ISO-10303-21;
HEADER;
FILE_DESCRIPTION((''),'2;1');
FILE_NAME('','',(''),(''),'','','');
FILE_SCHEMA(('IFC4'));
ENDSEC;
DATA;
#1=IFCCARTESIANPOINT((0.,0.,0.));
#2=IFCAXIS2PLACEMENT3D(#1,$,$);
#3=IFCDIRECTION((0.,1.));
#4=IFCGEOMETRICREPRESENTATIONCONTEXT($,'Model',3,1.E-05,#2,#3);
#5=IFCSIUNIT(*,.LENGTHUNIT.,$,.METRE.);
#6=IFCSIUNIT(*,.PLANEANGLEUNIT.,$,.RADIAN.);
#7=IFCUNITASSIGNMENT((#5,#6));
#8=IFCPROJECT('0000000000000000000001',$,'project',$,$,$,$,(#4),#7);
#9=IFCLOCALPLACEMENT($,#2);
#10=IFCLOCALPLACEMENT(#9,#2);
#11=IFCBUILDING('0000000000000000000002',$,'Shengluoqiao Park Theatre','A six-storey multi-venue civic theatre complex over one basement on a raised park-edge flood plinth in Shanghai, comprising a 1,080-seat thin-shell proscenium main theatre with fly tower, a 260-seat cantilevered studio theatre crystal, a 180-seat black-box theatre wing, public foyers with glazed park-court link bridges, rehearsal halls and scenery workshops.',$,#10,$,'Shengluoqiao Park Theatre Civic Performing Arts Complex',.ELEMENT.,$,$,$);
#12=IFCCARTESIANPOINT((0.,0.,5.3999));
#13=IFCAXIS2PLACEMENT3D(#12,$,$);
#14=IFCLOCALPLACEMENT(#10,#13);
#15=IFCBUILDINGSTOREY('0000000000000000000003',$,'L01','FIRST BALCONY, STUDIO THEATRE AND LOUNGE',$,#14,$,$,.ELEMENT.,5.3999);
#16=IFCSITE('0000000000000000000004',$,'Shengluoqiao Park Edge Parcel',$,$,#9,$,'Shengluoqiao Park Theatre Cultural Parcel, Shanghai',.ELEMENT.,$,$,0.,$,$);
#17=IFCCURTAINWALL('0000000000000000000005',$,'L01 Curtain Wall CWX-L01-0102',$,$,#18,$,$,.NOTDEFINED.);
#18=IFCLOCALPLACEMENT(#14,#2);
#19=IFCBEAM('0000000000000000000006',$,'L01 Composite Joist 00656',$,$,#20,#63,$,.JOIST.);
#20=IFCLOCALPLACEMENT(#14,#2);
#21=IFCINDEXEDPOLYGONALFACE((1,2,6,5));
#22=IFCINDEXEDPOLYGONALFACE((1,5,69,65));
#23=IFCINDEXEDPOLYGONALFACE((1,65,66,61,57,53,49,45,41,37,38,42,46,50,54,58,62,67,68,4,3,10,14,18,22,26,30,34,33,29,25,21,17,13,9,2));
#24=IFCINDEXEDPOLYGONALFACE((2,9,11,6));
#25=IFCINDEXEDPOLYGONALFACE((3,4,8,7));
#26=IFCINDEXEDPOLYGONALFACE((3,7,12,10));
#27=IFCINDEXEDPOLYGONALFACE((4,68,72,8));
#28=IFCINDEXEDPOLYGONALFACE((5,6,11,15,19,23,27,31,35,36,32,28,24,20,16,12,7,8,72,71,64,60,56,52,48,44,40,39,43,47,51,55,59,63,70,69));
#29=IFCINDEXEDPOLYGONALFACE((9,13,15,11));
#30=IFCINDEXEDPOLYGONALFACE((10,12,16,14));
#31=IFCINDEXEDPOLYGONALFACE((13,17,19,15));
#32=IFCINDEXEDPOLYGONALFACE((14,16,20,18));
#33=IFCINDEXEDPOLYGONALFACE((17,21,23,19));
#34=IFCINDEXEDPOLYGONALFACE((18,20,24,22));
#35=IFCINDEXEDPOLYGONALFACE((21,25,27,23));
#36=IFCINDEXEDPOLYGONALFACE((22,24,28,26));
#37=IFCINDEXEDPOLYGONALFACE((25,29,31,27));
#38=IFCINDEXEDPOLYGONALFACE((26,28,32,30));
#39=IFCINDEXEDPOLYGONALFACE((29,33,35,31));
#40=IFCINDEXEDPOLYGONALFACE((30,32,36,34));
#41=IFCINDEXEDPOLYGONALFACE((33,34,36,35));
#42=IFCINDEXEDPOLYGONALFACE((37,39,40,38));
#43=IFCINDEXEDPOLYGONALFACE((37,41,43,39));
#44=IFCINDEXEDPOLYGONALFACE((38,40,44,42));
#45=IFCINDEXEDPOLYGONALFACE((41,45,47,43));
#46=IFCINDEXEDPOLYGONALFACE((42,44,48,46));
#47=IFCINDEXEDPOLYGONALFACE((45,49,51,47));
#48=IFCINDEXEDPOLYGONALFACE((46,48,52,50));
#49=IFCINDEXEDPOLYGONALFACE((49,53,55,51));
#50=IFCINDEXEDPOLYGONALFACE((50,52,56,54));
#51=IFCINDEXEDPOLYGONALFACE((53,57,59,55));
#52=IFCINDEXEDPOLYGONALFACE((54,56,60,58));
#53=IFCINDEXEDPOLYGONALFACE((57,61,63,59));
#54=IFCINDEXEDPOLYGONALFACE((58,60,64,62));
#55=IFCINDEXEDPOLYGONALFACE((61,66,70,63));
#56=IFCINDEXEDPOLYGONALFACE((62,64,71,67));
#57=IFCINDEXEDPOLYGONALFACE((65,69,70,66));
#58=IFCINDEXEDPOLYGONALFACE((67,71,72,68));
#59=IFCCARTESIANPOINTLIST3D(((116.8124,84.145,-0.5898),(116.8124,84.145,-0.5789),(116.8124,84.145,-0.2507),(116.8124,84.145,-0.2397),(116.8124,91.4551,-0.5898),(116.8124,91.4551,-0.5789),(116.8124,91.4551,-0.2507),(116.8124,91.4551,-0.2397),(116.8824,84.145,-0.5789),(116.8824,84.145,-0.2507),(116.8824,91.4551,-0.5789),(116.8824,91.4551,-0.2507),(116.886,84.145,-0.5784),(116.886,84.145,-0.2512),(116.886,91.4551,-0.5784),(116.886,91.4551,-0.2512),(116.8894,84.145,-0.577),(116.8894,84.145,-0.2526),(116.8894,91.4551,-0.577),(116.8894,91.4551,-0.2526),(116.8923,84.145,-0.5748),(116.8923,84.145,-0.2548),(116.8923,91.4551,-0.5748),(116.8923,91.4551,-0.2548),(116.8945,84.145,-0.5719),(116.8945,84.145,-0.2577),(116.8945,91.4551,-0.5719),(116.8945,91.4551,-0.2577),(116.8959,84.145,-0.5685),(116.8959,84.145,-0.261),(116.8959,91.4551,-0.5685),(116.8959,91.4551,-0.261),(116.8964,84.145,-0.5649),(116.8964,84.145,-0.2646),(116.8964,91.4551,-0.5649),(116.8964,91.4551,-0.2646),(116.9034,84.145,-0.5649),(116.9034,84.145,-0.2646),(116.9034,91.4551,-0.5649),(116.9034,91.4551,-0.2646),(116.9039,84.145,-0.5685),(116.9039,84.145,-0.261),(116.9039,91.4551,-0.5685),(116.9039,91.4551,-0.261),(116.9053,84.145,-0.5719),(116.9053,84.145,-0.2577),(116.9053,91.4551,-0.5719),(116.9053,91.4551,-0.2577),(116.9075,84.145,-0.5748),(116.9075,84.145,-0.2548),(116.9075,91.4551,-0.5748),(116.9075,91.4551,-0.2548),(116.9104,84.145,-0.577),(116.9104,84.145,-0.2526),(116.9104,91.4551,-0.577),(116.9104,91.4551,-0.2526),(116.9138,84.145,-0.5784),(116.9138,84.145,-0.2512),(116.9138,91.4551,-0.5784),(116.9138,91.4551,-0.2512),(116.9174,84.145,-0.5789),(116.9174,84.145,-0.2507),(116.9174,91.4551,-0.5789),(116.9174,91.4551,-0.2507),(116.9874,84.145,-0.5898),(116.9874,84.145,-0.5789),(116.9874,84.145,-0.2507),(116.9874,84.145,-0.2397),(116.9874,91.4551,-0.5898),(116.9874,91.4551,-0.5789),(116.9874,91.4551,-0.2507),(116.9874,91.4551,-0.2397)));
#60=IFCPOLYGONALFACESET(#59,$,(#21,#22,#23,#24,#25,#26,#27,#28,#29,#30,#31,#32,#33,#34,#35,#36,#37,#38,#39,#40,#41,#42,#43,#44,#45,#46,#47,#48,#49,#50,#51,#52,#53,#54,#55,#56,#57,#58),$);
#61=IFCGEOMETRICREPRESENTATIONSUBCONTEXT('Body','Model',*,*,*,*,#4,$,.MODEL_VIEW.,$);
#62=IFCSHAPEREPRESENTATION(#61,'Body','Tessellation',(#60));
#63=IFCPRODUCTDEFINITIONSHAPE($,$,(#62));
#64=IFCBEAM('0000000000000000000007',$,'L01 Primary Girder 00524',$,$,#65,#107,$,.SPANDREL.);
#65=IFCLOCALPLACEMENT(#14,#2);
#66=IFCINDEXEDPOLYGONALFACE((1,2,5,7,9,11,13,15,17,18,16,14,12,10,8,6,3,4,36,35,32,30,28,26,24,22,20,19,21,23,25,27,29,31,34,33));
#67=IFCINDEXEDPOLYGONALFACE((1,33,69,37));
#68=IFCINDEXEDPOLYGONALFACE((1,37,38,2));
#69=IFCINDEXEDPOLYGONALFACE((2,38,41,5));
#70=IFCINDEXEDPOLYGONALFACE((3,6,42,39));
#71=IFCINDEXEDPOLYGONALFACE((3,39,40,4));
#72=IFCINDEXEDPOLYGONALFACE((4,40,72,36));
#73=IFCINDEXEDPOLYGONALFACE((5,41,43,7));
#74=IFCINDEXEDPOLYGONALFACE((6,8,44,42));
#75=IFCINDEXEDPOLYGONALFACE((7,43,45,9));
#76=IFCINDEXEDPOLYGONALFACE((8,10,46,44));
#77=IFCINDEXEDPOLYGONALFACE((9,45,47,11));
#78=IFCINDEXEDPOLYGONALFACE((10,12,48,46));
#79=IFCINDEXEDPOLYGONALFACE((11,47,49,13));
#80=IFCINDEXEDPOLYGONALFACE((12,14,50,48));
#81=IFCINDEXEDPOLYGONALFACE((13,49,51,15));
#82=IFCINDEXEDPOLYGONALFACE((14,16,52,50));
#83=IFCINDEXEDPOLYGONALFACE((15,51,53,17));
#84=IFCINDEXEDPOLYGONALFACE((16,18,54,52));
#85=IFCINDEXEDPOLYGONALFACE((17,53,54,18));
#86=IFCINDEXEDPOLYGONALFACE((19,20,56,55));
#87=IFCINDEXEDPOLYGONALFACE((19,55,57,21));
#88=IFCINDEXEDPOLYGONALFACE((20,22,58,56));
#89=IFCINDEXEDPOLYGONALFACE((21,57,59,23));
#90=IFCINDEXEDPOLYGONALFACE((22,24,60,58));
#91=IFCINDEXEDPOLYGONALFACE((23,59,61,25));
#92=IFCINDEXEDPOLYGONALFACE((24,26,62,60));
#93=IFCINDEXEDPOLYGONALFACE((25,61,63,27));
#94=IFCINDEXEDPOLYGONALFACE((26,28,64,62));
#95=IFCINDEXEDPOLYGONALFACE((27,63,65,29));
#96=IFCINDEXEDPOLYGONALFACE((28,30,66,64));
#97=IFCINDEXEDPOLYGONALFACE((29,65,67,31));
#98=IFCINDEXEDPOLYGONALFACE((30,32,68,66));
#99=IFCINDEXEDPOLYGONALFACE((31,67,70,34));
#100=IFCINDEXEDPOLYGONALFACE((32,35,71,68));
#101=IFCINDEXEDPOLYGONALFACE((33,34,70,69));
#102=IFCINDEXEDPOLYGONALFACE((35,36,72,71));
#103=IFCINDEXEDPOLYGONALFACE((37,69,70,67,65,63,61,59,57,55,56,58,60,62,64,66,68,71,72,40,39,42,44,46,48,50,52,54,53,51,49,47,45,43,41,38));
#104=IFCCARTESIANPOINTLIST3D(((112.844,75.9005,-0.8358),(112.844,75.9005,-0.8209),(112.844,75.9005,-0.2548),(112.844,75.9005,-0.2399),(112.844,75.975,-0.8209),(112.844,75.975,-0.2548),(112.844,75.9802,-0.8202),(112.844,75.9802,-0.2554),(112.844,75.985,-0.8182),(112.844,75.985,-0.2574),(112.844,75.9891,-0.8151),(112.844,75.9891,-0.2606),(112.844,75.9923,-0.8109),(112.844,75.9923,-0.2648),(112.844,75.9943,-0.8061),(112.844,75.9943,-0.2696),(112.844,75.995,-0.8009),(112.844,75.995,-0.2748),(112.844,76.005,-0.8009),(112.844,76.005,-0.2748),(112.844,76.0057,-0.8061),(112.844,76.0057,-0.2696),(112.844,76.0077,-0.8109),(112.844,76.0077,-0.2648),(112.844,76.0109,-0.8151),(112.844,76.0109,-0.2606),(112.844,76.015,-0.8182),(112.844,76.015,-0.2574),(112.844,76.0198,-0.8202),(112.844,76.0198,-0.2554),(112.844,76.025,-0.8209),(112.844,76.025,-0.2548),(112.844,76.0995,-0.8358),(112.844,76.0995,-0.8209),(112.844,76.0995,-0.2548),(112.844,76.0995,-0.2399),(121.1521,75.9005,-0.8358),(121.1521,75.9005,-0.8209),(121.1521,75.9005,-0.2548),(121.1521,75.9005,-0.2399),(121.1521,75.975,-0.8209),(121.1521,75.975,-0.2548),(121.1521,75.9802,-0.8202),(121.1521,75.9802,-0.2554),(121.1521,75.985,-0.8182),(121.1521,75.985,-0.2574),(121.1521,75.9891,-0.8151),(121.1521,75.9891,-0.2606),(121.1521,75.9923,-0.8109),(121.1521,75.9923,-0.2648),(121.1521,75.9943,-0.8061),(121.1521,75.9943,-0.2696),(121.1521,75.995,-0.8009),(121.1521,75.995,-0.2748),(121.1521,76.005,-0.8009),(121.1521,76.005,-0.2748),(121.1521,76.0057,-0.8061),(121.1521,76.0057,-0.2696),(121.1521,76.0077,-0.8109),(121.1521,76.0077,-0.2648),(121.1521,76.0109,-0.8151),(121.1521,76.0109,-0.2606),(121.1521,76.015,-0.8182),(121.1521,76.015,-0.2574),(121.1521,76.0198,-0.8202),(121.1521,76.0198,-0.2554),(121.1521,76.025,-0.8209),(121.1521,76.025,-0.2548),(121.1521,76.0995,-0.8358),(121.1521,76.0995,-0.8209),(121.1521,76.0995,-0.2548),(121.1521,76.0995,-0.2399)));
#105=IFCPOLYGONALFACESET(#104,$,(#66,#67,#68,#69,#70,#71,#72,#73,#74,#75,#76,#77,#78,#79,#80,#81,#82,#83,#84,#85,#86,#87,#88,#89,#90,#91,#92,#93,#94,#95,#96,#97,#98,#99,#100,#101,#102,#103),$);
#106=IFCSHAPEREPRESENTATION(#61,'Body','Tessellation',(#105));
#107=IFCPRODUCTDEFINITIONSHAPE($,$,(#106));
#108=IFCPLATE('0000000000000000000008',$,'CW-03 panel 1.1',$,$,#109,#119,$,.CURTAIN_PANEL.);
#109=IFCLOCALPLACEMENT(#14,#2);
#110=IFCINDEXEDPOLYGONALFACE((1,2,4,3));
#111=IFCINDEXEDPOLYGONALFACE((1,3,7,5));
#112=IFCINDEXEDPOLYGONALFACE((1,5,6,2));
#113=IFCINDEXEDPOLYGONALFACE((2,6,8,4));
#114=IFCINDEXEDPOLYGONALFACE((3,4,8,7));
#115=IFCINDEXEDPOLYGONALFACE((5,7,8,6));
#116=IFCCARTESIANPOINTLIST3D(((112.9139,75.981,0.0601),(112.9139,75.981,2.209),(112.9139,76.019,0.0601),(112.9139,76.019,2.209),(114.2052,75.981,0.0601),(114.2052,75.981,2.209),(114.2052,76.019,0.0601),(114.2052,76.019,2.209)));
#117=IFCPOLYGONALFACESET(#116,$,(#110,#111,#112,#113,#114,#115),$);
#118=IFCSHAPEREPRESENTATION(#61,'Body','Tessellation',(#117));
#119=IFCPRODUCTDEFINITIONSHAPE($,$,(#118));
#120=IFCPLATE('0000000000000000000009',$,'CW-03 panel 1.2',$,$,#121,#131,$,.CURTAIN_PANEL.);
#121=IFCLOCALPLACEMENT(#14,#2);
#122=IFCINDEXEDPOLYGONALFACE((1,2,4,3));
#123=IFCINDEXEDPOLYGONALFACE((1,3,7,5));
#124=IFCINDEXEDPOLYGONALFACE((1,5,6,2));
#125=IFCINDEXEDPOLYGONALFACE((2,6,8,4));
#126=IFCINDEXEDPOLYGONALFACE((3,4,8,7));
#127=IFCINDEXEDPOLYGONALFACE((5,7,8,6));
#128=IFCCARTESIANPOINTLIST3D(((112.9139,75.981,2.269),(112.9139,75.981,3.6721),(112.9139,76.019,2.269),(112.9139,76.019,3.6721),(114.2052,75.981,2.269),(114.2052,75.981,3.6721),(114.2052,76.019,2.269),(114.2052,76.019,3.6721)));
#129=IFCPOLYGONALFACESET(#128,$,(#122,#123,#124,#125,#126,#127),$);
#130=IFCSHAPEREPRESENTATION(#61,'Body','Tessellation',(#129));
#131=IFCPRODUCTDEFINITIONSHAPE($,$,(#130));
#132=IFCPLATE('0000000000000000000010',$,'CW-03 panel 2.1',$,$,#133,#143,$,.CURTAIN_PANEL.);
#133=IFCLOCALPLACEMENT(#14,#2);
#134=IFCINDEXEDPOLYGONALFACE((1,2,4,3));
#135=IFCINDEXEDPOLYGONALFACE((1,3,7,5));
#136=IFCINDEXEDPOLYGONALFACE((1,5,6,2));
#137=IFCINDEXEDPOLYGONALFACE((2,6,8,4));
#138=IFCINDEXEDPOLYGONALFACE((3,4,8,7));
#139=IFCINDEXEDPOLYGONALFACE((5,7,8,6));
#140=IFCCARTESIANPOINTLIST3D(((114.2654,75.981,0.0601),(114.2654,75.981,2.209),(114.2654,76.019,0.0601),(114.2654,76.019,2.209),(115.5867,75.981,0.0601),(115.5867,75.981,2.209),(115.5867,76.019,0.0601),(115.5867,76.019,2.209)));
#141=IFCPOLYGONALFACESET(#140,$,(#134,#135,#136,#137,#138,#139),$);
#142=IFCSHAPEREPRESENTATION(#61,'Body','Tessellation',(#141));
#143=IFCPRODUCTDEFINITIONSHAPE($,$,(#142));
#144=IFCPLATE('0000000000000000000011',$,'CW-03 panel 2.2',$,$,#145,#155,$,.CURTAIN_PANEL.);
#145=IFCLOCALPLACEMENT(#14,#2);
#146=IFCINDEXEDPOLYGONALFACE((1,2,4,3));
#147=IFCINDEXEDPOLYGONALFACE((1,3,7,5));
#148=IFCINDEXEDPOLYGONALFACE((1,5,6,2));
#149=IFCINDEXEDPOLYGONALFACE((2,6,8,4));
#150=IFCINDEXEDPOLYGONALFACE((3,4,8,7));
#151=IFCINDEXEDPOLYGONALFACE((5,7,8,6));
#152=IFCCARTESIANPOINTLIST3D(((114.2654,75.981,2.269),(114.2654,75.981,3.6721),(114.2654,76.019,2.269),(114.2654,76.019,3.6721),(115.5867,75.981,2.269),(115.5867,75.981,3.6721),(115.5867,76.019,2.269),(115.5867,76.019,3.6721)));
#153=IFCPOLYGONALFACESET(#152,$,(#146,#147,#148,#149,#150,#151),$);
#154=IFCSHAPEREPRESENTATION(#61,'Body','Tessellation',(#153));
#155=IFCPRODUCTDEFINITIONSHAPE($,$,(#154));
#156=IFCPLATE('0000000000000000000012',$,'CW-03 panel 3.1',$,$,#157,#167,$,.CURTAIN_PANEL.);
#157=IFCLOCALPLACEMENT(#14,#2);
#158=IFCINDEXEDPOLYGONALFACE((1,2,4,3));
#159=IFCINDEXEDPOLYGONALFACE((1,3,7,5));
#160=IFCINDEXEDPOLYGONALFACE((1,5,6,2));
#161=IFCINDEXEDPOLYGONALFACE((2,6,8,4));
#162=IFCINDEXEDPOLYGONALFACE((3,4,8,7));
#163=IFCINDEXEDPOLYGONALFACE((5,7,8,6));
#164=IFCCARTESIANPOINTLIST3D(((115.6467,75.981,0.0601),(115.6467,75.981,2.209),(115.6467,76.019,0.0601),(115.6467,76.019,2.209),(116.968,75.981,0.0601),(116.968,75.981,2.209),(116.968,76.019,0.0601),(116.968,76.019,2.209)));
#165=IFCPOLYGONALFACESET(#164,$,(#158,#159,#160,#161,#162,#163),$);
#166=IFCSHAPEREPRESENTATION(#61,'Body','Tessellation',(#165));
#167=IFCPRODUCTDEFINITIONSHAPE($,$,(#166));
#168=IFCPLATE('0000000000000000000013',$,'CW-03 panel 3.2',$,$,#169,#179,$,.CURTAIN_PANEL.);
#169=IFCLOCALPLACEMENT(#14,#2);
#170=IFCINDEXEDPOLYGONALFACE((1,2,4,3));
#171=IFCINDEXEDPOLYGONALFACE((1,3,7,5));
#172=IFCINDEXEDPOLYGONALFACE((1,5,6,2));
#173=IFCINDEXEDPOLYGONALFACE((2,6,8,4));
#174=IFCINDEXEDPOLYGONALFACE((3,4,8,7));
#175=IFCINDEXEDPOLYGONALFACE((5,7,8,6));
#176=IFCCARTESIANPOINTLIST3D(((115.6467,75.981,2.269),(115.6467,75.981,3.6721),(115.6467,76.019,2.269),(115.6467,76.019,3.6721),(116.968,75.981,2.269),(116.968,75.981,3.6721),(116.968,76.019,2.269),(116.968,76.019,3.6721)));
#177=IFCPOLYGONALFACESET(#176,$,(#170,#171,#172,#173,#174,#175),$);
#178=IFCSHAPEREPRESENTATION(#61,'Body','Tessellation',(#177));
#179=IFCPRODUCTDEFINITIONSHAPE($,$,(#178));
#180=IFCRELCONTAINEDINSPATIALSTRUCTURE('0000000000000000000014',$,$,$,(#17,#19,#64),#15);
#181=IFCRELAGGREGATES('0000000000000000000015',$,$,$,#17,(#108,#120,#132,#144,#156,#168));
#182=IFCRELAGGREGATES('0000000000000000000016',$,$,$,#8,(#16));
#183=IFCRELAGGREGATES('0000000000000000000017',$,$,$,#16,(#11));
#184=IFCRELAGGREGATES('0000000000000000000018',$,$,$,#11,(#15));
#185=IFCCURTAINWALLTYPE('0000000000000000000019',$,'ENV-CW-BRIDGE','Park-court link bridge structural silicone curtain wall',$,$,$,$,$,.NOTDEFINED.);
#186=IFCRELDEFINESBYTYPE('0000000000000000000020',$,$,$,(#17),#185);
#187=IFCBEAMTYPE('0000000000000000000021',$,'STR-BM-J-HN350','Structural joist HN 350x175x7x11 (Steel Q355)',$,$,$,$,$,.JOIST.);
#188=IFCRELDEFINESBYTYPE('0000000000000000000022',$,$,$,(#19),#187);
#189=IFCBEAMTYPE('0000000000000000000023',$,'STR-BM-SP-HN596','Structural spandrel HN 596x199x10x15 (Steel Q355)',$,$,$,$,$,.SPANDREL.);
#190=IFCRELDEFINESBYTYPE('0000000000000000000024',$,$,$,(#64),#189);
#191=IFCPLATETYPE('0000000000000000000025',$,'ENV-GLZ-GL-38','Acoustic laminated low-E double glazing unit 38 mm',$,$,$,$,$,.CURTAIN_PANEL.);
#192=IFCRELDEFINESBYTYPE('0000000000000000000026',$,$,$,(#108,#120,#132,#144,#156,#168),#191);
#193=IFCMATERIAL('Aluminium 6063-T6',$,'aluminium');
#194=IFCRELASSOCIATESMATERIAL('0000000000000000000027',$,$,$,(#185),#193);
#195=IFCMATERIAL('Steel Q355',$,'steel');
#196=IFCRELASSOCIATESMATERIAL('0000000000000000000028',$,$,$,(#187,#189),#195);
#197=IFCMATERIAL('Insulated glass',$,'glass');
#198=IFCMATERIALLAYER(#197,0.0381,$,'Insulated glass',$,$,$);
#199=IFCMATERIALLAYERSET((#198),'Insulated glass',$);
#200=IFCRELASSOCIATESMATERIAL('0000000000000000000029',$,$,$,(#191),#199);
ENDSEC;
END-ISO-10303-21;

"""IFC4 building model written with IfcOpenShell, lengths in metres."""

from ifc_helpers import new_model, si_unit, direction, frame, origin, origin_2d, place, context, subcontext, project, spatial, rectangle, i_section, extrude, material, layer, layer_set, material_profile, profile_set, type_object, element, aggregate, save


model = new_model("IFC4")

# Units and contexts
model_context = context("Model", 3, precision=1e-05, world=origin(), true_north=direction((0.0, 1.0)))
body_context = subcontext(model_context, "Body", "Model", "MODEL_VIEW")
ifc_project = project(units=[si_unit("LENGTHUNIT", "METRE"), si_unit("PLANEANGLEUNIT", "RADIAN")], contexts=[model_context])

# Site, building, storey
site_placement = place(None, origin())
site = spatial("IfcSite", under=ifc_project, at=site_placement, Name="Shengluoqiao Park Edge Parcel", LongName="Shengluoqiao Park Theatre Cultural Parcel, Shanghai", CompositionType="ELEMENT", RefElevation=0.0)
building_placement = place(site_placement, origin())
building = spatial("IfcBuilding", under=site, at=building_placement, Name="Shengluoqiao Park Theatre", Description="A six-storey multi-venue civic theatre complex over one basement on a raised park-edge flood plinth in Shanghai, comprising a 1,080-seat thin-shell proscenium main theatre with fly tower, a 260-seat cantilevered studio theatre crystal, a 180-seat black-box theatre wing, public foyers with glazed park-court link bridges, rehearsal halls and scenery workshops.", LongName="Shengluoqiao Park Theatre Civic Performing Arts Complex", CompositionType="ELEMENT")
storey_placement = place(building_placement, frame((0.0, 0.0, 5.3999)))
storey = spatial("IfcBuildingStorey", under=building, at=storey_placement, Name="L01", Description="FIRST BALCONY, STUDIO THEATRE AND LOUNGE", CompositionType="ELEMENT", Elevation=5.3999)

# Curtain wall
ifc_material_1 = material(Name="Aluminium 6063-T6", Category="aluminium")
curtain_wall_type = type_object("IfcCurtainWallType", Name="ENV-CW-BRIDGE", Description="Park-court link bridge structural silicone curtain wall", PredefinedType="NOTDEFINED", material=ifc_material_1)
curtain_wall_placement = place(storey_placement, origin())
curtain_wall = element("IfcCurtainWall", 1, at=curtain_wall_placement, inside=storey, type_object=curtain_wall_type, Name="L01 Curtain Wall CWX-L01-0102", PredefinedType="NOTDEFINED")

# Beams
ifc_material_2 = material(Name="Steel Q355", Category="steel")
ifc_material_profile_1 = material_profile(ifc_material_2, i_section(OverallWidth=0.175, OverallDepth=0.3501, WebThickness=0.0071, FlangeThickness=0.011, FilletRadius=0.0139, at=origin_2d()), Name="HN 350x175x7x11")
ifc_profile_set_1 = profile_set([ifc_material_profile_1], Name="Steel Q355")
beam_type_1 = type_object("IfcBeamType", Name="STR-BM-J-HN350", Description="Structural joist HN 350x175x7x11 (Steel Q355)", PredefinedType="JOIST", material=ifc_profile_set_1)
beam_1_placement = place(storey_placement, frame((116.8999, 84.145, -0.4148), z_axis=(0.0, 1.0, 0.0), x_axis=(-1.0, 0.0, 0.0)))
element("IfcBeam", 2, at=beam_1_placement, inside=storey, type_object=beam_type_1, Name="L01 Composite Joist 00656", PredefinedType="JOIST", context=body_context, shape_type="SweptSolid", body=[
    extrude(i_section(OverallWidth=0.175, OverallDepth=0.3501, WebThickness=0.0071, FlangeThickness=0.011, FilletRadius=0.0139, at=origin_2d()), origin(), (0.0, 0.0, 1.0), 7.3101),
])
ifc_material_profile_2 = material_profile(ifc_material_2, i_section(OverallWidth=0.199, OverallDepth=0.5959, WebThickness=0.01, FlangeThickness=0.0149, FilletRadius=0.02, at=origin_2d()), Name="HN 596x199x10x15")
ifc_profile_set_2 = profile_set([ifc_material_profile_2], Name="Steel Q355")
beam_type_2 = type_object("IfcBeamType", Name="STR-BM-SP-HN596", Description="Structural spandrel HN 596x199x10x15 (Steel Q355)", PredefinedType="SPANDREL", material=ifc_profile_set_2)
beam_2_placement = place(storey_placement, frame((112.844, 76.0, -0.5378), z_axis=(1.0, 0.0, 0.0), x_axis=(0.0, 1.0, 0.0)))
element("IfcBeam", 3, at=beam_2_placement, inside=storey, type_object=beam_type_2, Name="L01 Primary Girder 00524", PredefinedType="SPANDREL", context=body_context, shape_type="SweptSolid", body=[
    extrude(i_section(OverallWidth=0.199, OverallDepth=0.5959, WebThickness=0.01, FlangeThickness=0.0149, FilletRadius=0.02, at=origin_2d()), origin(), (0.0, 0.0, 1.0), 8.3081),
])

# Plates
ifc_material_3 = material(Name="Insulated glass", Category="glass")
ifc_layer_1 = layer(ifc_material_3, 0.0381, Name="Insulated glass")
ifc_layer_set_1 = layer_set([ifc_layer_1], Name="Insulated glass")
plate_type = type_object("IfcPlateType", Name="ENV-GLZ-GL-38", Description="Acoustic laminated low-E double glazing unit 38 mm", PredefinedType="CURTAIN_PANEL", material=ifc_layer_set_1)
plate_1_placement = place(storey_placement, frame((113.5596, 76.0, 0.0601), z_axis=(0.0, 0.0, 1.0), x_axis=(1.0, 0.0, 0.0)))
plate_1 = element("IfcPlate", 4, at=plate_1_placement, type_object=plate_type, Name="CW-03 panel 1.1", PredefinedType="CURTAIN_PANEL", context=body_context, shape_type="SweptSolid", body=[
    extrude(rectangle(XDim=1.2913, YDim=0.0381, at=origin_2d()), origin(), (0.0, 0.0, 1.0), 2.1489),
])
plate_2_placement = place(storey_placement, frame((113.5596, 76.0, 2.269), z_axis=(0.0, 0.0, 1.0), x_axis=(1.0, 0.0, 0.0)))
plate_2 = element("IfcPlate", 5, at=plate_2_placement, type_object=plate_type, Name="CW-03 panel 1.2", PredefinedType="CURTAIN_PANEL", context=body_context, shape_type="SweptSolid", body=[
    extrude(rectangle(XDim=1.2913, YDim=0.0381, at=origin_2d()), origin(), (0.0, 0.0, 1.0), 1.4031),
])
plate_3_placement = place(storey_placement, frame((114.926, 76.0, 0.0601), z_axis=(0.0, 0.0, 1.0), x_axis=(1.0, 0.0, 0.0)))
plate_3 = element("IfcPlate", 6, at=plate_3_placement, type_object=plate_type, Name="CW-03 panel 2.1", PredefinedType="CURTAIN_PANEL", context=body_context, shape_type="SweptSolid", body=[
    extrude(rectangle(XDim=1.3213, YDim=0.0381, at=origin_2d()), origin(), (0.0, 0.0, 1.0), 2.1489),
])
plate_4_placement = place(storey_placement, frame((114.926, 76.0, 2.269), z_axis=(0.0, 0.0, 1.0), x_axis=(1.0, 0.0, 0.0)))
plate_4 = element("IfcPlate", 7, at=plate_4_placement, type_object=plate_type, Name="CW-03 panel 2.2", PredefinedType="CURTAIN_PANEL", context=body_context, shape_type="SweptSolid", body=[
    extrude(rectangle(XDim=1.3213, YDim=0.0381, at=origin_2d()), origin(), (0.0, 0.0, 1.0), 1.4031),
])
plate_5_placement = place(storey_placement, frame((116.3074, 76.0, 0.0601), z_axis=(0.0, 0.0, 1.0), x_axis=(1.0, 0.0, 0.0)))
plate_5 = element("IfcPlate", 8, at=plate_5_placement, type_object=plate_type, Name="CW-03 panel 3.1", PredefinedType="CURTAIN_PANEL", context=body_context, shape_type="SweptSolid", body=[
    extrude(rectangle(XDim=1.3213, YDim=0.0381, at=origin_2d()), origin(), (0.0, 0.0, 1.0), 2.1489),
])
plate_6_placement = place(storey_placement, frame((116.3074, 76.0, 2.269), z_axis=(0.0, 0.0, 1.0), x_axis=(1.0, 0.0, 0.0)))
plate_6 = element("IfcPlate", 9, at=plate_6_placement, type_object=plate_type, Name="CW-03 panel 3.2", PredefinedType="CURTAIN_PANEL", context=body_context, shape_type="SweptSolid", body=[
    extrude(rectangle(XDim=1.3213, YDim=0.0381, at=origin_2d()), origin(), (0.0, 0.0, 1.0), 1.4031),
])
aggregate(curtain_wall, [plate_1, plate_2, plate_3, plate_4, plate_5, plate_6])

save(model, "model.ifc")
